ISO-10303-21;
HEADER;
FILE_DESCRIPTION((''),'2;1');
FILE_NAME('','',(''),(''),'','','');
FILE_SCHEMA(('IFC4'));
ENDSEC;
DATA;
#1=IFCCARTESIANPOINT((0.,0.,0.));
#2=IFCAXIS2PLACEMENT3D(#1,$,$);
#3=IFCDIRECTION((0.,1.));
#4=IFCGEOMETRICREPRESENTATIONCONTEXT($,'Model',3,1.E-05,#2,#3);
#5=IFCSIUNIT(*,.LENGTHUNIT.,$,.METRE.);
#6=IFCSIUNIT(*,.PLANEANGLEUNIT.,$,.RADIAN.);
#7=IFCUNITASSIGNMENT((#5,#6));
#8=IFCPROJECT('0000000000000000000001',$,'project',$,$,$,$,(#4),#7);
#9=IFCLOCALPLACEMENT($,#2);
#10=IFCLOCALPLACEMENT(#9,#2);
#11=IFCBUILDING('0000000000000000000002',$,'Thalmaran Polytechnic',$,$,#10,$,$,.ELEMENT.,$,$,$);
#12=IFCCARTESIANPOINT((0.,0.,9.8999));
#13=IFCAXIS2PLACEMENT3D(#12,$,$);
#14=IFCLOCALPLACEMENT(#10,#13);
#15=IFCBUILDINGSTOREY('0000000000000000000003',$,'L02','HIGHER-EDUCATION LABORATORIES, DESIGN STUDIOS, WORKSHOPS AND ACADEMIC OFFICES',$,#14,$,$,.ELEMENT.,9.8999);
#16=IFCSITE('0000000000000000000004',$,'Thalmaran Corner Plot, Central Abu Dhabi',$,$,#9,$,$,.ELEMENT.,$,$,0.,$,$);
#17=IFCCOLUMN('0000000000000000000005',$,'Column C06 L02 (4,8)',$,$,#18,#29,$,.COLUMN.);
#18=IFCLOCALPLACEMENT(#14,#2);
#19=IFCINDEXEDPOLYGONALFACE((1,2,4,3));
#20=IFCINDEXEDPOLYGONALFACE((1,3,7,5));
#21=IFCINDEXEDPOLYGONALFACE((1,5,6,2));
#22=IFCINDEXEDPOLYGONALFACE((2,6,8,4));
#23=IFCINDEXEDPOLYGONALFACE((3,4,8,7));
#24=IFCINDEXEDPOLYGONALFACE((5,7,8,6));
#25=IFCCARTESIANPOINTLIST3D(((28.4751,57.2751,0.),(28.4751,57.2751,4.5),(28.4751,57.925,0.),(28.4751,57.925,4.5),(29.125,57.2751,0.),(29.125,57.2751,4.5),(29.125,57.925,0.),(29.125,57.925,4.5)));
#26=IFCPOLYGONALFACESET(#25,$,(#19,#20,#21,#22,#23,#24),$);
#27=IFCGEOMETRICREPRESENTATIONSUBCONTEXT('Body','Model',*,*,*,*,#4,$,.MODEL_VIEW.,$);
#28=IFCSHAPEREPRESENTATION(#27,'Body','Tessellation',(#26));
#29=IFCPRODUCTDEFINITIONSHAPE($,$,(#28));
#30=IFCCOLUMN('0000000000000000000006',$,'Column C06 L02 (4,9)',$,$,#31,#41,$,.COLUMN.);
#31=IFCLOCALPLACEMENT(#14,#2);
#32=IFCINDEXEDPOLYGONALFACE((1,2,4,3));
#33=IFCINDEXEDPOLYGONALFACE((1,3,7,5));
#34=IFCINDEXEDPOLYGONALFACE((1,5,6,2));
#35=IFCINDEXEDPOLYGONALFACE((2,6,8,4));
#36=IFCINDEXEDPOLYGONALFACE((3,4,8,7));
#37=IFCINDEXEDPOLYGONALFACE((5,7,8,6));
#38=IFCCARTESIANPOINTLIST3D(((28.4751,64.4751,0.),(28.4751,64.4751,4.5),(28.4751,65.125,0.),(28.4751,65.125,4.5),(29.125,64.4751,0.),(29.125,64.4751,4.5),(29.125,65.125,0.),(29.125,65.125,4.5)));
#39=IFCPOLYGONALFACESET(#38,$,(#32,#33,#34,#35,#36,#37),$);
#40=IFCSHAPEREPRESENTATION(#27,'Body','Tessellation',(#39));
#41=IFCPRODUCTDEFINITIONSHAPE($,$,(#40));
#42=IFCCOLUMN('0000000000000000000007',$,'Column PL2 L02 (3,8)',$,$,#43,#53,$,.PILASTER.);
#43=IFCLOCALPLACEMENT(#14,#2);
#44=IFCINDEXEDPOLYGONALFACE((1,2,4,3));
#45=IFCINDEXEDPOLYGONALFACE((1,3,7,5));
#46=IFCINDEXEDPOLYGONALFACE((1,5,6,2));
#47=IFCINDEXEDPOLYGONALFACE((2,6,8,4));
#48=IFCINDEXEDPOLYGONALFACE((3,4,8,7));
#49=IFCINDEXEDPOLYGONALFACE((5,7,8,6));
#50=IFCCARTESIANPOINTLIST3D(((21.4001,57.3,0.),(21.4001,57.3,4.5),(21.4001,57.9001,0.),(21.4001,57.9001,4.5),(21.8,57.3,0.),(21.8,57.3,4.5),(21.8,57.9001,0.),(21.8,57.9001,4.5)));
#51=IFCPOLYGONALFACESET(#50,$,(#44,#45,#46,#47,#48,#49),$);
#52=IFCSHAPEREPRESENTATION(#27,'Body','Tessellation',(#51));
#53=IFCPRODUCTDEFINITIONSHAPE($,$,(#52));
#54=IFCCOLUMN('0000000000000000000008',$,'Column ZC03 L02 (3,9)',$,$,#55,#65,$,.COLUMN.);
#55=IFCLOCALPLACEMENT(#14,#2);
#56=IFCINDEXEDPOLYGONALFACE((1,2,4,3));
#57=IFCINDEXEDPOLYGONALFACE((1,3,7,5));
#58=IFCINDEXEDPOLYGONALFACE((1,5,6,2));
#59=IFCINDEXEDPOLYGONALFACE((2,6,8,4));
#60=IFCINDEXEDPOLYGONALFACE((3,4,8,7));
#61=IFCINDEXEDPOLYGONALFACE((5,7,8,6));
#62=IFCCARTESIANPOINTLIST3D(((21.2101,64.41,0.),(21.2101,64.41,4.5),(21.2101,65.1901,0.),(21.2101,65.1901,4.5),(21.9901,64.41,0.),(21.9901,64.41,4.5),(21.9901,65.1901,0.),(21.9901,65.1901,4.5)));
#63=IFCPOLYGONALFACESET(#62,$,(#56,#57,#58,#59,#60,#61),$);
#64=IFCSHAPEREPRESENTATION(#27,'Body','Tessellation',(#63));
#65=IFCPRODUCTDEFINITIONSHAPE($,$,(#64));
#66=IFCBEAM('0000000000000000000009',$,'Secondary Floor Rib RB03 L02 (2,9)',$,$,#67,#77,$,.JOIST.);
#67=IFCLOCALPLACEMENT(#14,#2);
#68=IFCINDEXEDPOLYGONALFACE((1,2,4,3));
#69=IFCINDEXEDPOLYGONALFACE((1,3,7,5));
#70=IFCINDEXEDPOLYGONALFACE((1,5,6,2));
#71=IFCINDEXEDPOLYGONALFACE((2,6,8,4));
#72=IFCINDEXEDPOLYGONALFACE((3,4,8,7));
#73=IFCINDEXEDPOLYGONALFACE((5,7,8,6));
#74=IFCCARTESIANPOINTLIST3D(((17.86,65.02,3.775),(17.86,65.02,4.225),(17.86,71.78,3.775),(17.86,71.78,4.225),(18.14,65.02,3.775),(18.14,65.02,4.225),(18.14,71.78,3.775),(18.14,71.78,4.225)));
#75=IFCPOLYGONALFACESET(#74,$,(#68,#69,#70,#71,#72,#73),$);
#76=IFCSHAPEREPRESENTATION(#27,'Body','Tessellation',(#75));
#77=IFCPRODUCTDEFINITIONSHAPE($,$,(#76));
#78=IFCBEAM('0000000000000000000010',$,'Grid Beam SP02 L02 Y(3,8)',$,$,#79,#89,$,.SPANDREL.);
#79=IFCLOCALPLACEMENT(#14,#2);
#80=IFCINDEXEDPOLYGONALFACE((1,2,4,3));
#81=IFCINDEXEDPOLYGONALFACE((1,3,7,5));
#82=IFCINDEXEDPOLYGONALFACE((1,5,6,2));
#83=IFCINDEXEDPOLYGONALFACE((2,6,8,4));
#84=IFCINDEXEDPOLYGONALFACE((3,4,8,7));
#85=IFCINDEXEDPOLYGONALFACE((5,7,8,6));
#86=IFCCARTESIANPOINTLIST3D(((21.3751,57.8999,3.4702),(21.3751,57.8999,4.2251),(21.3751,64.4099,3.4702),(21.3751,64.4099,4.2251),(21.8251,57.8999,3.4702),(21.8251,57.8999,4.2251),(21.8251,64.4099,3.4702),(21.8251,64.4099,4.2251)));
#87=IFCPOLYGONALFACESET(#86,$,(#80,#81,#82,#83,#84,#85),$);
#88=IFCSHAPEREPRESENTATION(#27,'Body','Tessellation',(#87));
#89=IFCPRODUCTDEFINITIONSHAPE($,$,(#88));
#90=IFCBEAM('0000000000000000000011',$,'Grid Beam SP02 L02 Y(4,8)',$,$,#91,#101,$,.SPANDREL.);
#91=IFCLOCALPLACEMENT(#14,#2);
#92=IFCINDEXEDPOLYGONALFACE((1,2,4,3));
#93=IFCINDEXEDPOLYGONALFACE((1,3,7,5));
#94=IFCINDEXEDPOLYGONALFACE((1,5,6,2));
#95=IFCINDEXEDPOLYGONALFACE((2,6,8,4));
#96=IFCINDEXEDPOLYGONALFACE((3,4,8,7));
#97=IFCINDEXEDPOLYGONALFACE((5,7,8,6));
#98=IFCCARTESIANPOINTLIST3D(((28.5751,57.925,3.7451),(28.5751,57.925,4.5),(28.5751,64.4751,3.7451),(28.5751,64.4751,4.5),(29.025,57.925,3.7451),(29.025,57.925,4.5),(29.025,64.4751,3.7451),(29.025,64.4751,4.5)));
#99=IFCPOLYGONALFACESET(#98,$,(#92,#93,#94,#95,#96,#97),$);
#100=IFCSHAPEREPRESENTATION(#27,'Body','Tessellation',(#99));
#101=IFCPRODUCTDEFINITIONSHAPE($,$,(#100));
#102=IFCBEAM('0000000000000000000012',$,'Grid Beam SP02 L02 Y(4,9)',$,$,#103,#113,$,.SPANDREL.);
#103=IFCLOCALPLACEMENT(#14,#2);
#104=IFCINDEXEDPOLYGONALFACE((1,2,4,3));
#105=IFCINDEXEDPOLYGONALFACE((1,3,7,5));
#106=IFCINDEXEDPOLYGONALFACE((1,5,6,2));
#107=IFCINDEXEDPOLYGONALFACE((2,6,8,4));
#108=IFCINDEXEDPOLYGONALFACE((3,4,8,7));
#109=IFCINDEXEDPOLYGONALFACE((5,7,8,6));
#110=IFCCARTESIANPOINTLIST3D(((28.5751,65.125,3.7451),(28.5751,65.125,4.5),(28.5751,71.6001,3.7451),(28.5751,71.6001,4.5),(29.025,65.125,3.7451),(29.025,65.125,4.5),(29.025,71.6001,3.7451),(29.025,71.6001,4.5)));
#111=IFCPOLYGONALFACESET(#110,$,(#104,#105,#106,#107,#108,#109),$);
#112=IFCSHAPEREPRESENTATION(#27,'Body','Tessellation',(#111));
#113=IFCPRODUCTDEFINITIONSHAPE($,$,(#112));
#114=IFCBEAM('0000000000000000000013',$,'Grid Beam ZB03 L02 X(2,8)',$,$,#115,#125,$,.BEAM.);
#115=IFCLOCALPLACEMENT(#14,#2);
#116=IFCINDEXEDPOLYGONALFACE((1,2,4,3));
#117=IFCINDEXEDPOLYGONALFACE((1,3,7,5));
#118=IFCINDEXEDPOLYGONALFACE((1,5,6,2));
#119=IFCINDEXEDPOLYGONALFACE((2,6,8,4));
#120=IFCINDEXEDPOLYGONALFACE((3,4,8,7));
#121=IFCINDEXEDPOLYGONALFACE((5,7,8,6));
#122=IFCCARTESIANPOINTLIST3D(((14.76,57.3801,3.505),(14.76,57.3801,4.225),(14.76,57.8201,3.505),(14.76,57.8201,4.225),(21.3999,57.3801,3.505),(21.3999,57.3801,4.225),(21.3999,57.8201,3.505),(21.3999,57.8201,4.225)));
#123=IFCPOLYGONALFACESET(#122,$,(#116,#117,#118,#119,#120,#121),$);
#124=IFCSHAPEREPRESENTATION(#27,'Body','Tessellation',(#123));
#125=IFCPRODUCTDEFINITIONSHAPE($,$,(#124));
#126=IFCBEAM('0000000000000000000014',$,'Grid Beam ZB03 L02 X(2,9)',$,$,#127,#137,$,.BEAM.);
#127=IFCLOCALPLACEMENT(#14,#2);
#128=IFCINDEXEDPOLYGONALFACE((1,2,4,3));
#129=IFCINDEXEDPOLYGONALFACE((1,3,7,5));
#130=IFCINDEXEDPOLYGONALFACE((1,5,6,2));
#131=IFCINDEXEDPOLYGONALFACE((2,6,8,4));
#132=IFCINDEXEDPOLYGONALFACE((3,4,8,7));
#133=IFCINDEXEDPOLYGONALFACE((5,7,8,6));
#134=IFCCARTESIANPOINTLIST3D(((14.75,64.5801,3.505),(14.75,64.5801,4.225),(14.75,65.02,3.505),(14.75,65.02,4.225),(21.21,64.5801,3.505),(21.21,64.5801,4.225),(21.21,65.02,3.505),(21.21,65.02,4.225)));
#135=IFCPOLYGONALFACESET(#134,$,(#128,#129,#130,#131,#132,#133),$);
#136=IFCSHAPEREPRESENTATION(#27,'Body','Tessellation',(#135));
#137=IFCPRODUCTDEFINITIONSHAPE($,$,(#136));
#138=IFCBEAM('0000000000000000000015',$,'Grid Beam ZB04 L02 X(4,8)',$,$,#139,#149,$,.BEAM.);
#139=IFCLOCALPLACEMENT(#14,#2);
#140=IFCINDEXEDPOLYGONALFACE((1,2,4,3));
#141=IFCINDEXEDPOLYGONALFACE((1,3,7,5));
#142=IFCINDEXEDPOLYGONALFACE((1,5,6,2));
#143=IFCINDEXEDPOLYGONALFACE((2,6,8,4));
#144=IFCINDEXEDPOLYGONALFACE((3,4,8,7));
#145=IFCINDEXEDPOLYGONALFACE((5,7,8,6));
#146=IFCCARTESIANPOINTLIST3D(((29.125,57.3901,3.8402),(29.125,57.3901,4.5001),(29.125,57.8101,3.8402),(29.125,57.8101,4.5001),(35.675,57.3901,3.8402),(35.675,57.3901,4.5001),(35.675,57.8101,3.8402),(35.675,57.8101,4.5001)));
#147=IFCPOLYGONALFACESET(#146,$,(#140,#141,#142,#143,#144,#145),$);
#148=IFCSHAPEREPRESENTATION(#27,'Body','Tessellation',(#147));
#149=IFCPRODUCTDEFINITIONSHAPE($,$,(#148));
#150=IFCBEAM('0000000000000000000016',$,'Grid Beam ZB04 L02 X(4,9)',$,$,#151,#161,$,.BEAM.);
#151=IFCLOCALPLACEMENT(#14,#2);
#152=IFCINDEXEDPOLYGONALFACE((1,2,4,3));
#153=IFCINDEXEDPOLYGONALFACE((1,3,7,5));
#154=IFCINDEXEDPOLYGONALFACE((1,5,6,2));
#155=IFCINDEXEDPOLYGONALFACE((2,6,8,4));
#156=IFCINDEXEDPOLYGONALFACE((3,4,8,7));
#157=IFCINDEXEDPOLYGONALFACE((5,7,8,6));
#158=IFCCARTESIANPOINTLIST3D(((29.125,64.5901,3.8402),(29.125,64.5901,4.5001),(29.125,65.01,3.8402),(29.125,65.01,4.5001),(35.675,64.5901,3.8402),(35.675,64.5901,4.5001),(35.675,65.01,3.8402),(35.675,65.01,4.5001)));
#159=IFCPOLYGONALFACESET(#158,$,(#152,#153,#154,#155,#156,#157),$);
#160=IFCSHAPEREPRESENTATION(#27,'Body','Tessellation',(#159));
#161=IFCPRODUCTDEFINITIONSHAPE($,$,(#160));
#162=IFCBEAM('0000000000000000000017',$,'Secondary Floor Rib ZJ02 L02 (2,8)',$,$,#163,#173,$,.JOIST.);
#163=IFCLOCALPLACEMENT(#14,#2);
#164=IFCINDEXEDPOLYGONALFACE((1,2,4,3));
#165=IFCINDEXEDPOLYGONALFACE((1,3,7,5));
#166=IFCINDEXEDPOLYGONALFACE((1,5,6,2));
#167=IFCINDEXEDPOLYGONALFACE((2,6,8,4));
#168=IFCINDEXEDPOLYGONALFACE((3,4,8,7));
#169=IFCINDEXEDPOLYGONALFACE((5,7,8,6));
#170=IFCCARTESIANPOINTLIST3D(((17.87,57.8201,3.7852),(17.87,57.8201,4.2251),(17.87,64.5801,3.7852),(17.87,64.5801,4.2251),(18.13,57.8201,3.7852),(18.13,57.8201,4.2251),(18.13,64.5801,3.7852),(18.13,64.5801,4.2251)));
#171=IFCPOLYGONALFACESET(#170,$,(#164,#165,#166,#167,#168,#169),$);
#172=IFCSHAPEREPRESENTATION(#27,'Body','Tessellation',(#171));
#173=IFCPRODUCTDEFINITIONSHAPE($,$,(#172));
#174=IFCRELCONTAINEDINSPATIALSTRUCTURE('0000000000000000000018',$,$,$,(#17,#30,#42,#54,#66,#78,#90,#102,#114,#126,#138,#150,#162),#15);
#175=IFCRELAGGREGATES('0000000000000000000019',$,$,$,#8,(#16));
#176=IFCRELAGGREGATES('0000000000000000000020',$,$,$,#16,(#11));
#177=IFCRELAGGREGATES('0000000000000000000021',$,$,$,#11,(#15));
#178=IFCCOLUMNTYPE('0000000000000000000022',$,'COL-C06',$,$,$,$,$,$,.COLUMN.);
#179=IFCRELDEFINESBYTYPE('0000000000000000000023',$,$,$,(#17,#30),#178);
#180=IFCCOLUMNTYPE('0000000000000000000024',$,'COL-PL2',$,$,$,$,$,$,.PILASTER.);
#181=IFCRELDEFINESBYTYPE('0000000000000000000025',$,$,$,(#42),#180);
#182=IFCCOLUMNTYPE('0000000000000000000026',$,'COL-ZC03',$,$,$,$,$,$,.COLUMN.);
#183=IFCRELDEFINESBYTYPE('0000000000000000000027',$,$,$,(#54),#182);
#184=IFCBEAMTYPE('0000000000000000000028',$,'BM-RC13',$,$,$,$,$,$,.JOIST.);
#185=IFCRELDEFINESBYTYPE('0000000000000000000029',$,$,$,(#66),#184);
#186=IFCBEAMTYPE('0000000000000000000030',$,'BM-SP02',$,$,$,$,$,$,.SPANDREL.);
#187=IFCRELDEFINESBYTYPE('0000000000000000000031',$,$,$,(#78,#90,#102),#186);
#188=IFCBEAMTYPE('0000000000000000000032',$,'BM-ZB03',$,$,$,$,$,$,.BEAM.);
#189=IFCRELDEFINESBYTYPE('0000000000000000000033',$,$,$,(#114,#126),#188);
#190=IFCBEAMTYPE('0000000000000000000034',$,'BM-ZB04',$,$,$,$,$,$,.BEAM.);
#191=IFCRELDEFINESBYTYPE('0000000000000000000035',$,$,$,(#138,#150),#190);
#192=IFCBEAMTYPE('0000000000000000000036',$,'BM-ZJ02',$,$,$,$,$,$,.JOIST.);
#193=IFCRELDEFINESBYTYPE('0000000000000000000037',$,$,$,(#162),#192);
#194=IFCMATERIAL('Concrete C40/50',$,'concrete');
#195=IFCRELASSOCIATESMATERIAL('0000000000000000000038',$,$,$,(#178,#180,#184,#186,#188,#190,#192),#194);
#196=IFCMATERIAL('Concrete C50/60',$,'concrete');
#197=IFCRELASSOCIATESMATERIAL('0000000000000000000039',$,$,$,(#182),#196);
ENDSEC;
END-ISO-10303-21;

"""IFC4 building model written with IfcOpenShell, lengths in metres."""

from ifc_helpers import new_model, si_unit, direction, frame, origin, origin_2d, place, context, subcontext, project, spatial, rectangle, extrude, material, material_profile, profile_set, type_object, element, save


model = new_model("IFC4")

# Units and contexts
model_context = context("Model", 3, precision=1e-05, world=origin(), true_north=direction((0.0, 1.0)))
body_context = subcontext(model_context, "Body", "Model", "MODEL_VIEW")
ifc_project = project(units=[si_unit("LENGTHUNIT", "METRE"), si_unit("PLANEANGLEUNIT", "RADIAN")], contexts=[model_context])

# Site, building, storey
site_placement = place(None, origin())
site = spatial("IfcSite", under=ifc_project, at=site_placement, Name="Thalmaran Corner Plot, Central Abu Dhabi", CompositionType="ELEMENT", RefElevation=0.0)
building_placement = place(site_placement, origin())
building = spatial("IfcBuilding", under=site, at=building_placement, Name="Thalmaran Polytechnic", CompositionType="ELEMENT")
storey_placement = place(building_placement, frame((0.0, 0.0, 9.8999)))
storey = spatial("IfcBuildingStorey", under=building, at=storey_placement, Name="L02", Description="HIGHER-EDUCATION LABORATORIES, DESIGN STUDIOS, WORKSHOPS AND ACADEMIC OFFICES", CompositionType="ELEMENT", Elevation=9.8999)

# Columns
ifc_material_1 = material(Name="Concrete C40/50", Category="concrete")
ifc_material_profile_1 = material_profile(ifc_material_1, rectangle(XDim=0.6499, YDim=0.6499, at=origin_2d()), Name="RC 650x650")
ifc_profile_set_1 = profile_set([ifc_material_profile_1], Name="Concrete C40/50")
column_type_1 = type_object("IfcColumnType", Name="COL-C06", PredefinedType="COLUMN", material=ifc_profile_set_1)
for number, where, z_axis, x_axis, name in (
    (1, (28.8, 57.6001, 0.0), (0.0, 0.0, 1.0), (1.0, 0.0, 0.0), "Column C06 L02 (4,8)"),
    (2, (28.8, 64.8, 0.0), (0.0, 0.0, 1.0), (1.0, 0.0, 0.0), "Column C06 L02 (4,9)"),
):
    element("IfcColumn", number, at=place(storey_placement, frame(where, z_axis=z_axis, x_axis=x_axis)), inside=storey, type_object=column_type_1, Name=name, PredefinedType="COLUMN", context=body_context, shape_type="SweptSolid", body=[
        extrude(rectangle(XDim=0.6499, YDim=0.6499, at=origin_2d()), origin(), (0.0, 0.0, 1.0), 4.5),
    ])
ifc_material_profile_2 = material_profile(ifc_material_1, rectangle(XDim=0.3999, YDim=0.6001, at=origin_2d()), Name="RC 400x600")
ifc_profile_set_2 = profile_set([ifc_material_profile_2], Name="Concrete C40/50")
column_type_2 = type_object("IfcColumnType", Name="COL-PL2", PredefinedType="PILASTER", material=ifc_profile_set_2)
column_1_placement = place(storey_placement, frame((21.6001, 57.6001, 0.0), z_axis=(0.0, 0.0, 1.0), x_axis=(1.0, 0.0, 0.0)))
element("IfcColumn", 3, at=column_1_placement, inside=storey, type_object=column_type_2, Name="Column PL2 L02 (3,8)", PredefinedType="PILASTER", context=body_context, shape_type="SweptSolid", body=[
    extrude(rectangle(XDim=0.3999, YDim=0.6001, at=origin_2d()), origin(), (0.0, 0.0, 1.0), 4.5),
])
ifc_material_2 = material(Name="Concrete C50/60", Category="concrete")
ifc_material_profile_3 = material_profile(ifc_material_2, rectangle(XDim=0.78, YDim=0.78, at=origin_2d()), Name="RC 780x780")
ifc_profile_set_3 = profile_set([ifc_material_profile_3], Name="Concrete C50/60")
column_type_3 = type_object("IfcColumnType", Name="COL-ZC03", PredefinedType="COLUMN", material=ifc_profile_set_3)
column_2_placement = place(storey_placement, frame((21.6001, 64.8, 0.0), z_axis=(0.0, 0.0, 1.0), x_axis=(1.0, 0.0, 0.0)))
element("IfcColumn", 4, at=column_2_placement, inside=storey, type_object=column_type_3, Name="Column ZC03 L02 (3,9)", PredefinedType="COLUMN", context=body_context, shape_type="SweptSolid", body=[
    extrude(rectangle(XDim=0.78, YDim=0.78, at=origin_2d()), origin(), (0.0, 0.0, 1.0), 4.5),
])

# Beams
ifc_material_profile_4 = material_profile(ifc_material_1, rectangle(XDim=0.28, YDim=0.45, at=origin_2d()), Name="RC 280x450")
ifc_profile_set_4 = profile_set([ifc_material_profile_4], Name="Concrete C40/50")
beam_type_1 = type_object("IfcBeamType", Name="BM-RC13", PredefinedType="JOIST", material=ifc_profile_set_4)
beam_1_placement = place(storey_placement, frame((18.0, 65.02, 4.0), z_axis=(0.0, 1.0, 0.0), x_axis=(-1.0, 0.0, 0.0)))
element("IfcBeam", 5, at=beam_1_placement, inside=storey, type_object=beam_type_1, Name="Secondary Floor Rib RB03 L02 (2,9)", PredefinedType="JOIST", context=body_context, shape_type="SweptSolid", body=[
    extrude(rectangle(XDim=0.28, YDim=0.45, at=origin_2d()), origin(), (0.0, 0.0, 1.0), 6.76),
])
ifc_material_profile_5 = material_profile(ifc_material_1, rectangle(XDim=0.45, YDim=0.7549, at=origin_2d()), Name="RC 450x755")
ifc_profile_set_5 = profile_set([ifc_material_profile_5], Name="Concrete C40/50")
beam_type_2 = type_object("IfcBeamType", Name="BM-SP02", PredefinedType="SPANDREL", material=ifc_profile_set_5)
beam_2_placement = place(storey_placement, frame((21.6001, 57.8999, 3.8477), z_axis=(0.0, 1.0, 0.0), x_axis=(-1.0, 0.0, 0.0)))
element("IfcBeam", 6, at=beam_2_placement, inside=storey, type_object=beam_type_2, Name="Grid Beam SP02 L02 Y(3,8)", PredefinedType="SPANDREL", context=body_context, shape_type="SweptSolid", body=[
    extrude(rectangle(XDim=0.45, YDim=0.7549, at=origin_2d()), origin(), (0.0, 0.0, 1.0), 6.51),
])
beam_3_placement = place(storey_placement, frame((28.8, 57.925, 4.1226), z_axis=(0.0, 1.0, 0.0), x_axis=(-1.0, 0.0, 0.0)))
element("IfcBeam", 7, at=beam_3_placement, inside=storey, type_object=beam_type_2, Name="Grid Beam SP02 L02 Y(4,8)", PredefinedType="SPANDREL", context=body_context, shape_type="SweptSolid", body=[
    extrude(rectangle(XDim=0.45, YDim=0.7549, at=origin_2d()), origin(), (0.0, 0.0, 1.0), 6.55),
])
beam_4_placement = place(storey_placement, frame((28.8, 65.125, 4.1226), z_axis=(0.0, 1.0, 0.0), x_axis=(-1.0, 0.0, 0.0)))
element("IfcBeam", 8, at=beam_4_placement, inside=storey, type_object=beam_type_2, Name="Grid Beam SP02 L02 Y(4,9)", PredefinedType="SPANDREL", context=body_context, shape_type="SweptSolid", body=[
    extrude(rectangle(XDim=0.45, YDim=0.7549, at=origin_2d()), origin(), (0.0, 0.0, 1.0), 6.4751),
])
ifc_material_profile_6 = material_profile(ifc_material_1, rectangle(XDim=0.4399, YDim=0.72, at=origin_2d()), Name="RC 440x720")
ifc_profile_set_6 = profile_set([ifc_material_profile_6], Name="Concrete C40/50")
beam_type_3 = type_object("IfcBeamType", Name="BM-ZB03", PredefinedType="BEAM", material=ifc_profile_set_6)
beam_5_placement = place(storey_placement, frame((14.76, 57.6001, 3.865), z_axis=(1.0, 0.0, 0.0), x_axis=(0.0, 1.0, 0.0)))
element("IfcBeam", 9, at=beam_5_placement, inside=storey, type_object=beam_type_3, Name="Grid Beam ZB03 L02 X(2,8)", PredefinedType="BEAM", context=body_context, shape_type="SweptSolid", body=[
    extrude(rectangle(XDim=0.4399, YDim=0.72, at=origin_2d()), origin(), (0.0, 0.0, 1.0), 6.6399),
])
beam_6_placement = place(storey_placement, frame((14.75, 64.8, 3.865), z_axis=(1.0, 0.0, 0.0), x_axis=(0.0, 1.0, 0.0)))
element("IfcBeam", 10, at=beam_6_placement, inside=storey, type_object=beam_type_3, Name="Grid Beam ZB03 L02 X(2,9)", PredefinedType="BEAM", context=body_context, shape_type="SweptSolid", body=[
    extrude(rectangle(XDim=0.4399, YDim=0.72, at=origin_2d()), origin(), (0.0, 0.0, 1.0), 6.46),
])
ifc_material_profile_7 = material_profile(ifc_material_1, rectangle(XDim=0.4199, YDim=0.6599, at=origin_2d()), Name="RC 420x660")
ifc_profile_set_7 = profile_set([ifc_material_profile_7], Name="Concrete C40/50")
beam_type_4 = type_object("IfcBeamType", Name="BM-ZB04", PredefinedType="BEAM", material=ifc_profile_set_7)
for number, where, z_axis, x_axis, name in (
    (11, (29.125, 57.6001, 4.1702), (1.0, 0.0, 0.0), (0.0, 1.0, 0.0), "Grid Beam ZB04 L02 X(4,8)"),
    (12, (29.125, 64.8, 4.1702), (1.0, 0.0, 0.0), (0.0, 1.0, 0.0), "Grid Beam ZB04 L02 X(4,9)"),
):
    element("IfcBeam", number, at=place(storey_placement, frame(where, z_axis=z_axis, x_axis=x_axis)), inside=storey, type_object=beam_type_4, Name=name, PredefinedType="BEAM", context=body_context, shape_type="SweptSolid", body=[
        extrude(rectangle(XDim=0.4199, YDim=0.6599, at=origin_2d()), origin(), (0.0, 0.0, 1.0), 6.55),
    ])
ifc_material_profile_8 = material_profile(ifc_material_1, rectangle(XDim=0.26, YDim=0.4399, at=origin_2d()), Name="RC 260x440")
ifc_profile_set_8 = profile_set([ifc_material_profile_8], Name="Concrete C40/50")
beam_type_5 = type_object("IfcBeamType", Name="BM-ZJ02", PredefinedType="JOIST", material=ifc_profile_set_8)
beam_7_placement = place(storey_placement, frame((18.0, 57.8201, 4.0051), z_axis=(0.0, 1.0, 0.0), x_axis=(-1.0, 0.0, 0.0)))
element("IfcBeam", 13, at=beam_7_placement, inside=storey, type_object=beam_type_5, Name="Secondary Floor Rib ZJ02 L02 (2,8)", PredefinedType="JOIST", context=body_context, shape_type="SweptSolid", body=[
    extrude(rectangle(XDim=0.26, YDim=0.4399, at=origin_2d()), origin(), (0.0, 0.0, 1.0), 6.76),
])

save(model, "model.ifc")
